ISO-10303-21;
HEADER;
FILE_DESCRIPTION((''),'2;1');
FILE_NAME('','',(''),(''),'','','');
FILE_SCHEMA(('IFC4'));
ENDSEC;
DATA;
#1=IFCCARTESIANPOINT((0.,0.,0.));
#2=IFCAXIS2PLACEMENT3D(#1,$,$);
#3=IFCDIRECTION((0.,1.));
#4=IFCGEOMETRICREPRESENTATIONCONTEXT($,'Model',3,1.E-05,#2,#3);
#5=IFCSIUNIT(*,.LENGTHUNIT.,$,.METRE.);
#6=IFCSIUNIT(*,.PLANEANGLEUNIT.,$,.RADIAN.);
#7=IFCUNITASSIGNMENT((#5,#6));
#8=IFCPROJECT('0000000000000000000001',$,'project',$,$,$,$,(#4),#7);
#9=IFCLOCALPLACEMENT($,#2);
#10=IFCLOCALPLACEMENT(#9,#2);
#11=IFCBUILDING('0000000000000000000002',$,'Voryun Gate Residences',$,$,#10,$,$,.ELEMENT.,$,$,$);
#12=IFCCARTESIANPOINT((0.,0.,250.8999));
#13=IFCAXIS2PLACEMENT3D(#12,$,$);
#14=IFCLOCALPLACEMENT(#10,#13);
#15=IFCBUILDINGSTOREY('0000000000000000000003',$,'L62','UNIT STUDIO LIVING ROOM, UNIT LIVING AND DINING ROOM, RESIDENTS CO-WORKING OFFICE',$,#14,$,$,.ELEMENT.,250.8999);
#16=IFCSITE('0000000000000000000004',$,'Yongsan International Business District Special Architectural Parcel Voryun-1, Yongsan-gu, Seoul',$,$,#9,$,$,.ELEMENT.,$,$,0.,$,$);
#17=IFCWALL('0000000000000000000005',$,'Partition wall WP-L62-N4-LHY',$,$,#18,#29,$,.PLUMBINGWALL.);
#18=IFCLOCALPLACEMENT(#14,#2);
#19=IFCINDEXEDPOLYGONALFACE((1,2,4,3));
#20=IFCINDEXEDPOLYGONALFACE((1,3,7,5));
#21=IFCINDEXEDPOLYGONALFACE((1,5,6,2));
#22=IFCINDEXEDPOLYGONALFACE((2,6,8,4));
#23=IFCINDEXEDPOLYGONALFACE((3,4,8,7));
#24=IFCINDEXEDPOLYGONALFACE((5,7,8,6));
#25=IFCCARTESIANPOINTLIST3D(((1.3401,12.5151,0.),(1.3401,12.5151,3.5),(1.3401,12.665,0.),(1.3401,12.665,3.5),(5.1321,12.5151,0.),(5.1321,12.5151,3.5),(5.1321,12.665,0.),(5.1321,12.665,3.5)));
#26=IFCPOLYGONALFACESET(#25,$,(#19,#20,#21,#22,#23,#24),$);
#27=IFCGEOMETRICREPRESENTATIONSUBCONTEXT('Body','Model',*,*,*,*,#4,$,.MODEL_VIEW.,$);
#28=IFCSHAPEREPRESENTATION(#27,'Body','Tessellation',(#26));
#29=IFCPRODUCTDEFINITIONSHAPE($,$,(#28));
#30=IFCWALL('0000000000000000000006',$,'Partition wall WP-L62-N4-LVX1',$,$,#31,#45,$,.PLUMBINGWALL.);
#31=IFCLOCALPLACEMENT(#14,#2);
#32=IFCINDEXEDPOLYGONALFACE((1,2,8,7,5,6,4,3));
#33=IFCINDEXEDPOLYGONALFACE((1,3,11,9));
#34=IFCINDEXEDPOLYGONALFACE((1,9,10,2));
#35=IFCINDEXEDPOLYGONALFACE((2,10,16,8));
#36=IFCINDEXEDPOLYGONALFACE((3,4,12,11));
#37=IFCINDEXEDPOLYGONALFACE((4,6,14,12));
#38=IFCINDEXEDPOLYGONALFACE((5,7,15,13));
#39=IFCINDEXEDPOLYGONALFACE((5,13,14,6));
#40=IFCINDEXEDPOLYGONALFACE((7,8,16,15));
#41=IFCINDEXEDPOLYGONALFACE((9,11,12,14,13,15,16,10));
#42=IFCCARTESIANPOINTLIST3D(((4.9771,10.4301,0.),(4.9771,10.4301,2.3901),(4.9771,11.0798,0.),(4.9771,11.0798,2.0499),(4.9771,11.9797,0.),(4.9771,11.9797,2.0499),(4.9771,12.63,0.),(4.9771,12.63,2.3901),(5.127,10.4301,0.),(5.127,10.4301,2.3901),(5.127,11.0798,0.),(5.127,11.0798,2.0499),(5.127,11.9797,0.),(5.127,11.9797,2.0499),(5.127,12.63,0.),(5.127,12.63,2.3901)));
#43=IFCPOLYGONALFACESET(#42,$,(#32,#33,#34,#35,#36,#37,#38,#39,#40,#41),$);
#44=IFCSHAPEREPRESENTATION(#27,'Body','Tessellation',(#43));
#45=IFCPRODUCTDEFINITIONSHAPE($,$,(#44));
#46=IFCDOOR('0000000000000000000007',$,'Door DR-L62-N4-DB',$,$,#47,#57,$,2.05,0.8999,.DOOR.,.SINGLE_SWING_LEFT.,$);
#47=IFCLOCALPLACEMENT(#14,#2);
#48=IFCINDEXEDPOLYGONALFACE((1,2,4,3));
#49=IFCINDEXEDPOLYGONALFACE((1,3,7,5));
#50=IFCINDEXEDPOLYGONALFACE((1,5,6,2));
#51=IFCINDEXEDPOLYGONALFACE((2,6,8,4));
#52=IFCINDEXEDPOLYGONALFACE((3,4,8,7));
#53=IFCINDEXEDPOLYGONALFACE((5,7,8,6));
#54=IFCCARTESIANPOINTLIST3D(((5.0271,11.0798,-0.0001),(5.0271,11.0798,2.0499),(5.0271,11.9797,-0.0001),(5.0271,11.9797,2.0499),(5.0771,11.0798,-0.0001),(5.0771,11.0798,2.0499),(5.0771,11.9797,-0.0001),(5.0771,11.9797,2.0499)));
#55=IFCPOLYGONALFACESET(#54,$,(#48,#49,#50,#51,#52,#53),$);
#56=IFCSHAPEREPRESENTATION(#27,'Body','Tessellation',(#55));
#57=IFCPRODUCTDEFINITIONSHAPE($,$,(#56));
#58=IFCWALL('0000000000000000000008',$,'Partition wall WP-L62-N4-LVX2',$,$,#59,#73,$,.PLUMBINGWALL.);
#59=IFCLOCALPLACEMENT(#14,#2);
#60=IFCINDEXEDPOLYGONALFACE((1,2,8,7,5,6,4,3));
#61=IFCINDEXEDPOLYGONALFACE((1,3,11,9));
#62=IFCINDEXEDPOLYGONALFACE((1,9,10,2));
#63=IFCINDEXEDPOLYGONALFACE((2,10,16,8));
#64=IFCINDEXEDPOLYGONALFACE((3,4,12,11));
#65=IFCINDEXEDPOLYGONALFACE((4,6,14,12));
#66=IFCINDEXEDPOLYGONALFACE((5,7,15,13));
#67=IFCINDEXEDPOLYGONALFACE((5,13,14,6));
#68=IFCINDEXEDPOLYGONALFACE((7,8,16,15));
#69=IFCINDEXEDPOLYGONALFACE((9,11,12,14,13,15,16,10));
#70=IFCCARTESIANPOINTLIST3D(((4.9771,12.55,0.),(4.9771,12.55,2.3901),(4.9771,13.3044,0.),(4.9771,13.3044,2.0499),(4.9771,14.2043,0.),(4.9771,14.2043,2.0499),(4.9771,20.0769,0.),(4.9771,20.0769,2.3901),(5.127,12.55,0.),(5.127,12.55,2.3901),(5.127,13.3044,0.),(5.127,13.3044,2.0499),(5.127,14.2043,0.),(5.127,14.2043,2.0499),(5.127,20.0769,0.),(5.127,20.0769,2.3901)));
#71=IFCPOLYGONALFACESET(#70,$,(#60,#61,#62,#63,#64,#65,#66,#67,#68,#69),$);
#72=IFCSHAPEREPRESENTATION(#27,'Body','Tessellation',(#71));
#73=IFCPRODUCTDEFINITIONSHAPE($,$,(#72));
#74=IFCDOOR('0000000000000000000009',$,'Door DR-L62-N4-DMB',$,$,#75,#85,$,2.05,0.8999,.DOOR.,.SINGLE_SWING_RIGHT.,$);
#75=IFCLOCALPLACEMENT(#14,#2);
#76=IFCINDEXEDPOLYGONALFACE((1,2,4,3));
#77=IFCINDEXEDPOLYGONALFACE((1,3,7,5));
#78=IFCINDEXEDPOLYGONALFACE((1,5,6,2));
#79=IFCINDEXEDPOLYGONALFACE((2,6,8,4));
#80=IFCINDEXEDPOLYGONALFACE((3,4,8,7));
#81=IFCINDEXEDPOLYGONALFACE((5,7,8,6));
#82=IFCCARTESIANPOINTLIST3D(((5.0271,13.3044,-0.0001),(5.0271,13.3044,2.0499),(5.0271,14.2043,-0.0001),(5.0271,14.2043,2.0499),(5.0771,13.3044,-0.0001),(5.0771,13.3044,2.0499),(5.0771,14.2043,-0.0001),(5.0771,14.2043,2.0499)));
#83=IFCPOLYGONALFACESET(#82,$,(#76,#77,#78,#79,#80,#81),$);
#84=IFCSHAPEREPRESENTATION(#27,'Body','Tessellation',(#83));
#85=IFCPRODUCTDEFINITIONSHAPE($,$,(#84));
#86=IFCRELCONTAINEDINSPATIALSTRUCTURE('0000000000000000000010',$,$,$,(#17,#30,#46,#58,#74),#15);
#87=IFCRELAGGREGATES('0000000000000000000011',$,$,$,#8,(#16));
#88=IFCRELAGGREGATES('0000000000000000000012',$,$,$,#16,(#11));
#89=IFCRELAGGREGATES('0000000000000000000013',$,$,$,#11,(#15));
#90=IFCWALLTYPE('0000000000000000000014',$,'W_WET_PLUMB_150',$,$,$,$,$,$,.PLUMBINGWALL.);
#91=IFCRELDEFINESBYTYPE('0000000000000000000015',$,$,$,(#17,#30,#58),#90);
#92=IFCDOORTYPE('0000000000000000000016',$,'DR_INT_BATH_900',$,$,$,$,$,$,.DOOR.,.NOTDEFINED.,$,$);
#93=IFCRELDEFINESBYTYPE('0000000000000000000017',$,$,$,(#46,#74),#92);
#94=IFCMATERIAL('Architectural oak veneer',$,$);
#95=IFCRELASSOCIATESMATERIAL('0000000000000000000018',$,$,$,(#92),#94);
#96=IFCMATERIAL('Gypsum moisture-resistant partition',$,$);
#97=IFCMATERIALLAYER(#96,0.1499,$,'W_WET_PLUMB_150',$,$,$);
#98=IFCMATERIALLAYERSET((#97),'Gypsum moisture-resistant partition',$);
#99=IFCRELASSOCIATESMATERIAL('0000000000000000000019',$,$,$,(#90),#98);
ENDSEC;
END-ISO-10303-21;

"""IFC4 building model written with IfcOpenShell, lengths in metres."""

from ifc_helpers import new_model, si_unit, direction, frame, frame_2d, origin, place, context, subcontext, project, spatial, rectangle, extrude, material, layer, layer_set, type_object, element, fill, save


model = new_model("IFC4")

# Units and contexts
model_context = context("Model", 3, precision=1e-05, world=origin(), true_north=direction((0.0, 1.0)))
body_context = subcontext(model_context, "Body", "Model", "MODEL_VIEW")
ifc_project = project(units=[si_unit("LENGTHUNIT", "METRE"), si_unit("PLANEANGLEUNIT", "RADIAN")], contexts=[model_context])

# Site, building, storey
site_placement = place(None, origin())
site = spatial("IfcSite", under=ifc_project, at=site_placement, Name="Yongsan International Business District Special Architectural Parcel Voryun-1, Yongsan-gu, Seoul", CompositionType="ELEMENT", RefElevation=0.0)
building_placement = place(site_placement, origin())
building = spatial("IfcBuilding", under=site, at=building_placement, Name="Voryun Gate Residences", CompositionType="ELEMENT")
storey_placement = place(building_placement, frame((0.0, 0.0, 250.8999)))
storey = spatial("IfcBuildingStorey", under=building, at=storey_placement, Name="L62", Description="UNIT STUDIO LIVING ROOM, UNIT LIVING AND DINING ROOM, RESIDENTS CO-WORKING OFFICE", CompositionType="ELEMENT", Elevation=250.8999)

# Shared definitions
ifc_material_1 = material(Name="Architectural oak veneer")
door_type = type_object("IfcDoorType", Name="DR_INT_BATH_900", OperationType="NOTDEFINED", PredefinedType="DOOR", material=ifc_material_1)

# Wall
ifc_material_2 = material(Name="Gypsum moisture-resistant partition")
ifc_layer_1 = layer(ifc_material_2, 0.1499, Name="W_WET_PLUMB_150")
ifc_layer_set_1 = layer_set([ifc_layer_1], Name="Gypsum moisture-resistant partition")
wall_type_1 = type_object("IfcWallType", Name="W_WET_PLUMB_150", PredefinedType="PLUMBINGWALL", material=ifc_layer_set_1)
wall_1_placement = place(storey_placement, frame((1.3401, 12.5901, 0.0), z_axis=(0.0, 0.0, 1.0), x_axis=(1.0, 0.0, 0.0)))
element("IfcWall", 1, at=wall_1_placement, inside=storey, type_object=wall_type_1, Name="Partition wall WP-L62-N4-LHY", PredefinedType="PLUMBINGWALL", context=body_context, shape_type="SweptSolid", body=[
    extrude(rectangle(XDim=3.792, YDim=0.1499, at=frame_2d((1.896, 0.0))), origin(), (0.0, 0.0, 1.0), 3.5),
])

# Walls, openings, doors
wall_2_placement = place(storey_placement, frame((5.052, 10.4299, 0.0), z_axis=(0.0, 0.0, 1.0), x_axis=(0.0, 1.0, 0.0)))
wall_2 = element("IfcWall", 2, at=wall_2_placement, inside=storey, type_object=wall_type_1, Name="Partition wall WP-L62-N4-LVX1", PredefinedType="PLUMBINGWALL", context=body_context, shape_type="SweptSolid", body=[
    extrude(rectangle(XDim=2.2, YDim=0.1499, at=frame_2d((1.1001, 0.0))), origin(), (0.0, 0.0, 1.0), 2.3901),
])
opening_1_placement = place(wall_2_placement, frame((0.6499, 0.0, 0.0)))
opening_1 = element("IfcOpeningElement", 3, at=opening_1_placement, cuts=wall_2, PredefinedType="OPENING", context=body_context, shape_type="SweptSolid", body=[
    extrude(rectangle(XDim=0.8999, YDim=2.05, at=frame_2d((0.45, 1.0249))), frame((0.0, 0.085, 0.0), z_axis=(0.0, -1.0, 0.0), x_axis=(1.0, 0.0, 0.0)), (0.0, 0.0, 1.0), 0.1699),
])
door_1_placement = place(opening_1_placement, origin())
door_1 = element("IfcDoor", 4, at=door_1_placement, inside=storey, type_object=door_type, Name="Door DR-L62-N4-DB", OperationType="SINGLE_SWING_LEFT", OverallHeight=2.05, OverallWidth=0.8999, PredefinedType="DOOR", context=body_context, shape_type="SweptSolid", body=[
    extrude(rectangle(XDim=0.8999, YDim=2.05, at=frame_2d((0.45, 1.0249))), frame((0.0, 0.0249, 0.0), z_axis=(0.0, -1.0, 0.0), x_axis=(1.0, 0.0, 0.0)), (0.0, 0.0, 1.0), 0.05),
])
fill(opening_1, door_1)
wall_3_placement = place(storey_placement, frame((5.052, 12.55, 0.0), z_axis=(0.0, 0.0, 1.0), x_axis=(0.0, 1.0, 0.0)))
wall_3 = element("IfcWall", 5, at=wall_3_placement, inside=storey, type_object=wall_type_1, Name="Partition wall WP-L62-N4-LVX2", PredefinedType="PLUMBINGWALL", context=body_context, shape_type="SweptSolid", body=[
    extrude(rectangle(XDim=7.5269, YDim=0.1499, at=frame_2d((3.7634, 0.0))), origin(), (0.0, 0.0, 1.0), 2.3901),
])
opening_2_placement = place(wall_3_placement, frame((0.7544, 0.0, 0.0)))
opening_2 = element("IfcOpeningElement", 6, at=opening_2_placement, cuts=wall_3, PredefinedType="OPENING", context=body_context, shape_type="SweptSolid", body=[
    extrude(rectangle(XDim=0.8999, YDim=2.05, at=frame_2d((0.45, 1.0249))), frame((0.0, 0.085, 0.0), z_axis=(0.0, -1.0, 0.0), x_axis=(1.0, 0.0, 0.0)), (0.0, 0.0, 1.0), 0.1699),
])
door_2_placement = place(opening_2_placement, origin())
door_2 = element("IfcDoor", 7, at=door_2_placement, inside=storey, type_object=door_type, Name="Door DR-L62-N4-DMB", OperationType="SINGLE_SWING_RIGHT", OverallHeight=2.05, OverallWidth=0.8999, PredefinedType="DOOR", context=body_context, shape_type="SweptSolid", body=[
    extrude(rectangle(XDim=0.8999, YDim=2.05, at=frame_2d((0.45, 1.0249))), frame((0.0, 0.0249, 0.0), z_axis=(0.0, -1.0, 0.0), x_axis=(1.0, 0.0, 0.0)), (0.0, 0.0, 1.0), 0.05),
])
fill(opening_2, door_2)

save(model, "model.ifc")
